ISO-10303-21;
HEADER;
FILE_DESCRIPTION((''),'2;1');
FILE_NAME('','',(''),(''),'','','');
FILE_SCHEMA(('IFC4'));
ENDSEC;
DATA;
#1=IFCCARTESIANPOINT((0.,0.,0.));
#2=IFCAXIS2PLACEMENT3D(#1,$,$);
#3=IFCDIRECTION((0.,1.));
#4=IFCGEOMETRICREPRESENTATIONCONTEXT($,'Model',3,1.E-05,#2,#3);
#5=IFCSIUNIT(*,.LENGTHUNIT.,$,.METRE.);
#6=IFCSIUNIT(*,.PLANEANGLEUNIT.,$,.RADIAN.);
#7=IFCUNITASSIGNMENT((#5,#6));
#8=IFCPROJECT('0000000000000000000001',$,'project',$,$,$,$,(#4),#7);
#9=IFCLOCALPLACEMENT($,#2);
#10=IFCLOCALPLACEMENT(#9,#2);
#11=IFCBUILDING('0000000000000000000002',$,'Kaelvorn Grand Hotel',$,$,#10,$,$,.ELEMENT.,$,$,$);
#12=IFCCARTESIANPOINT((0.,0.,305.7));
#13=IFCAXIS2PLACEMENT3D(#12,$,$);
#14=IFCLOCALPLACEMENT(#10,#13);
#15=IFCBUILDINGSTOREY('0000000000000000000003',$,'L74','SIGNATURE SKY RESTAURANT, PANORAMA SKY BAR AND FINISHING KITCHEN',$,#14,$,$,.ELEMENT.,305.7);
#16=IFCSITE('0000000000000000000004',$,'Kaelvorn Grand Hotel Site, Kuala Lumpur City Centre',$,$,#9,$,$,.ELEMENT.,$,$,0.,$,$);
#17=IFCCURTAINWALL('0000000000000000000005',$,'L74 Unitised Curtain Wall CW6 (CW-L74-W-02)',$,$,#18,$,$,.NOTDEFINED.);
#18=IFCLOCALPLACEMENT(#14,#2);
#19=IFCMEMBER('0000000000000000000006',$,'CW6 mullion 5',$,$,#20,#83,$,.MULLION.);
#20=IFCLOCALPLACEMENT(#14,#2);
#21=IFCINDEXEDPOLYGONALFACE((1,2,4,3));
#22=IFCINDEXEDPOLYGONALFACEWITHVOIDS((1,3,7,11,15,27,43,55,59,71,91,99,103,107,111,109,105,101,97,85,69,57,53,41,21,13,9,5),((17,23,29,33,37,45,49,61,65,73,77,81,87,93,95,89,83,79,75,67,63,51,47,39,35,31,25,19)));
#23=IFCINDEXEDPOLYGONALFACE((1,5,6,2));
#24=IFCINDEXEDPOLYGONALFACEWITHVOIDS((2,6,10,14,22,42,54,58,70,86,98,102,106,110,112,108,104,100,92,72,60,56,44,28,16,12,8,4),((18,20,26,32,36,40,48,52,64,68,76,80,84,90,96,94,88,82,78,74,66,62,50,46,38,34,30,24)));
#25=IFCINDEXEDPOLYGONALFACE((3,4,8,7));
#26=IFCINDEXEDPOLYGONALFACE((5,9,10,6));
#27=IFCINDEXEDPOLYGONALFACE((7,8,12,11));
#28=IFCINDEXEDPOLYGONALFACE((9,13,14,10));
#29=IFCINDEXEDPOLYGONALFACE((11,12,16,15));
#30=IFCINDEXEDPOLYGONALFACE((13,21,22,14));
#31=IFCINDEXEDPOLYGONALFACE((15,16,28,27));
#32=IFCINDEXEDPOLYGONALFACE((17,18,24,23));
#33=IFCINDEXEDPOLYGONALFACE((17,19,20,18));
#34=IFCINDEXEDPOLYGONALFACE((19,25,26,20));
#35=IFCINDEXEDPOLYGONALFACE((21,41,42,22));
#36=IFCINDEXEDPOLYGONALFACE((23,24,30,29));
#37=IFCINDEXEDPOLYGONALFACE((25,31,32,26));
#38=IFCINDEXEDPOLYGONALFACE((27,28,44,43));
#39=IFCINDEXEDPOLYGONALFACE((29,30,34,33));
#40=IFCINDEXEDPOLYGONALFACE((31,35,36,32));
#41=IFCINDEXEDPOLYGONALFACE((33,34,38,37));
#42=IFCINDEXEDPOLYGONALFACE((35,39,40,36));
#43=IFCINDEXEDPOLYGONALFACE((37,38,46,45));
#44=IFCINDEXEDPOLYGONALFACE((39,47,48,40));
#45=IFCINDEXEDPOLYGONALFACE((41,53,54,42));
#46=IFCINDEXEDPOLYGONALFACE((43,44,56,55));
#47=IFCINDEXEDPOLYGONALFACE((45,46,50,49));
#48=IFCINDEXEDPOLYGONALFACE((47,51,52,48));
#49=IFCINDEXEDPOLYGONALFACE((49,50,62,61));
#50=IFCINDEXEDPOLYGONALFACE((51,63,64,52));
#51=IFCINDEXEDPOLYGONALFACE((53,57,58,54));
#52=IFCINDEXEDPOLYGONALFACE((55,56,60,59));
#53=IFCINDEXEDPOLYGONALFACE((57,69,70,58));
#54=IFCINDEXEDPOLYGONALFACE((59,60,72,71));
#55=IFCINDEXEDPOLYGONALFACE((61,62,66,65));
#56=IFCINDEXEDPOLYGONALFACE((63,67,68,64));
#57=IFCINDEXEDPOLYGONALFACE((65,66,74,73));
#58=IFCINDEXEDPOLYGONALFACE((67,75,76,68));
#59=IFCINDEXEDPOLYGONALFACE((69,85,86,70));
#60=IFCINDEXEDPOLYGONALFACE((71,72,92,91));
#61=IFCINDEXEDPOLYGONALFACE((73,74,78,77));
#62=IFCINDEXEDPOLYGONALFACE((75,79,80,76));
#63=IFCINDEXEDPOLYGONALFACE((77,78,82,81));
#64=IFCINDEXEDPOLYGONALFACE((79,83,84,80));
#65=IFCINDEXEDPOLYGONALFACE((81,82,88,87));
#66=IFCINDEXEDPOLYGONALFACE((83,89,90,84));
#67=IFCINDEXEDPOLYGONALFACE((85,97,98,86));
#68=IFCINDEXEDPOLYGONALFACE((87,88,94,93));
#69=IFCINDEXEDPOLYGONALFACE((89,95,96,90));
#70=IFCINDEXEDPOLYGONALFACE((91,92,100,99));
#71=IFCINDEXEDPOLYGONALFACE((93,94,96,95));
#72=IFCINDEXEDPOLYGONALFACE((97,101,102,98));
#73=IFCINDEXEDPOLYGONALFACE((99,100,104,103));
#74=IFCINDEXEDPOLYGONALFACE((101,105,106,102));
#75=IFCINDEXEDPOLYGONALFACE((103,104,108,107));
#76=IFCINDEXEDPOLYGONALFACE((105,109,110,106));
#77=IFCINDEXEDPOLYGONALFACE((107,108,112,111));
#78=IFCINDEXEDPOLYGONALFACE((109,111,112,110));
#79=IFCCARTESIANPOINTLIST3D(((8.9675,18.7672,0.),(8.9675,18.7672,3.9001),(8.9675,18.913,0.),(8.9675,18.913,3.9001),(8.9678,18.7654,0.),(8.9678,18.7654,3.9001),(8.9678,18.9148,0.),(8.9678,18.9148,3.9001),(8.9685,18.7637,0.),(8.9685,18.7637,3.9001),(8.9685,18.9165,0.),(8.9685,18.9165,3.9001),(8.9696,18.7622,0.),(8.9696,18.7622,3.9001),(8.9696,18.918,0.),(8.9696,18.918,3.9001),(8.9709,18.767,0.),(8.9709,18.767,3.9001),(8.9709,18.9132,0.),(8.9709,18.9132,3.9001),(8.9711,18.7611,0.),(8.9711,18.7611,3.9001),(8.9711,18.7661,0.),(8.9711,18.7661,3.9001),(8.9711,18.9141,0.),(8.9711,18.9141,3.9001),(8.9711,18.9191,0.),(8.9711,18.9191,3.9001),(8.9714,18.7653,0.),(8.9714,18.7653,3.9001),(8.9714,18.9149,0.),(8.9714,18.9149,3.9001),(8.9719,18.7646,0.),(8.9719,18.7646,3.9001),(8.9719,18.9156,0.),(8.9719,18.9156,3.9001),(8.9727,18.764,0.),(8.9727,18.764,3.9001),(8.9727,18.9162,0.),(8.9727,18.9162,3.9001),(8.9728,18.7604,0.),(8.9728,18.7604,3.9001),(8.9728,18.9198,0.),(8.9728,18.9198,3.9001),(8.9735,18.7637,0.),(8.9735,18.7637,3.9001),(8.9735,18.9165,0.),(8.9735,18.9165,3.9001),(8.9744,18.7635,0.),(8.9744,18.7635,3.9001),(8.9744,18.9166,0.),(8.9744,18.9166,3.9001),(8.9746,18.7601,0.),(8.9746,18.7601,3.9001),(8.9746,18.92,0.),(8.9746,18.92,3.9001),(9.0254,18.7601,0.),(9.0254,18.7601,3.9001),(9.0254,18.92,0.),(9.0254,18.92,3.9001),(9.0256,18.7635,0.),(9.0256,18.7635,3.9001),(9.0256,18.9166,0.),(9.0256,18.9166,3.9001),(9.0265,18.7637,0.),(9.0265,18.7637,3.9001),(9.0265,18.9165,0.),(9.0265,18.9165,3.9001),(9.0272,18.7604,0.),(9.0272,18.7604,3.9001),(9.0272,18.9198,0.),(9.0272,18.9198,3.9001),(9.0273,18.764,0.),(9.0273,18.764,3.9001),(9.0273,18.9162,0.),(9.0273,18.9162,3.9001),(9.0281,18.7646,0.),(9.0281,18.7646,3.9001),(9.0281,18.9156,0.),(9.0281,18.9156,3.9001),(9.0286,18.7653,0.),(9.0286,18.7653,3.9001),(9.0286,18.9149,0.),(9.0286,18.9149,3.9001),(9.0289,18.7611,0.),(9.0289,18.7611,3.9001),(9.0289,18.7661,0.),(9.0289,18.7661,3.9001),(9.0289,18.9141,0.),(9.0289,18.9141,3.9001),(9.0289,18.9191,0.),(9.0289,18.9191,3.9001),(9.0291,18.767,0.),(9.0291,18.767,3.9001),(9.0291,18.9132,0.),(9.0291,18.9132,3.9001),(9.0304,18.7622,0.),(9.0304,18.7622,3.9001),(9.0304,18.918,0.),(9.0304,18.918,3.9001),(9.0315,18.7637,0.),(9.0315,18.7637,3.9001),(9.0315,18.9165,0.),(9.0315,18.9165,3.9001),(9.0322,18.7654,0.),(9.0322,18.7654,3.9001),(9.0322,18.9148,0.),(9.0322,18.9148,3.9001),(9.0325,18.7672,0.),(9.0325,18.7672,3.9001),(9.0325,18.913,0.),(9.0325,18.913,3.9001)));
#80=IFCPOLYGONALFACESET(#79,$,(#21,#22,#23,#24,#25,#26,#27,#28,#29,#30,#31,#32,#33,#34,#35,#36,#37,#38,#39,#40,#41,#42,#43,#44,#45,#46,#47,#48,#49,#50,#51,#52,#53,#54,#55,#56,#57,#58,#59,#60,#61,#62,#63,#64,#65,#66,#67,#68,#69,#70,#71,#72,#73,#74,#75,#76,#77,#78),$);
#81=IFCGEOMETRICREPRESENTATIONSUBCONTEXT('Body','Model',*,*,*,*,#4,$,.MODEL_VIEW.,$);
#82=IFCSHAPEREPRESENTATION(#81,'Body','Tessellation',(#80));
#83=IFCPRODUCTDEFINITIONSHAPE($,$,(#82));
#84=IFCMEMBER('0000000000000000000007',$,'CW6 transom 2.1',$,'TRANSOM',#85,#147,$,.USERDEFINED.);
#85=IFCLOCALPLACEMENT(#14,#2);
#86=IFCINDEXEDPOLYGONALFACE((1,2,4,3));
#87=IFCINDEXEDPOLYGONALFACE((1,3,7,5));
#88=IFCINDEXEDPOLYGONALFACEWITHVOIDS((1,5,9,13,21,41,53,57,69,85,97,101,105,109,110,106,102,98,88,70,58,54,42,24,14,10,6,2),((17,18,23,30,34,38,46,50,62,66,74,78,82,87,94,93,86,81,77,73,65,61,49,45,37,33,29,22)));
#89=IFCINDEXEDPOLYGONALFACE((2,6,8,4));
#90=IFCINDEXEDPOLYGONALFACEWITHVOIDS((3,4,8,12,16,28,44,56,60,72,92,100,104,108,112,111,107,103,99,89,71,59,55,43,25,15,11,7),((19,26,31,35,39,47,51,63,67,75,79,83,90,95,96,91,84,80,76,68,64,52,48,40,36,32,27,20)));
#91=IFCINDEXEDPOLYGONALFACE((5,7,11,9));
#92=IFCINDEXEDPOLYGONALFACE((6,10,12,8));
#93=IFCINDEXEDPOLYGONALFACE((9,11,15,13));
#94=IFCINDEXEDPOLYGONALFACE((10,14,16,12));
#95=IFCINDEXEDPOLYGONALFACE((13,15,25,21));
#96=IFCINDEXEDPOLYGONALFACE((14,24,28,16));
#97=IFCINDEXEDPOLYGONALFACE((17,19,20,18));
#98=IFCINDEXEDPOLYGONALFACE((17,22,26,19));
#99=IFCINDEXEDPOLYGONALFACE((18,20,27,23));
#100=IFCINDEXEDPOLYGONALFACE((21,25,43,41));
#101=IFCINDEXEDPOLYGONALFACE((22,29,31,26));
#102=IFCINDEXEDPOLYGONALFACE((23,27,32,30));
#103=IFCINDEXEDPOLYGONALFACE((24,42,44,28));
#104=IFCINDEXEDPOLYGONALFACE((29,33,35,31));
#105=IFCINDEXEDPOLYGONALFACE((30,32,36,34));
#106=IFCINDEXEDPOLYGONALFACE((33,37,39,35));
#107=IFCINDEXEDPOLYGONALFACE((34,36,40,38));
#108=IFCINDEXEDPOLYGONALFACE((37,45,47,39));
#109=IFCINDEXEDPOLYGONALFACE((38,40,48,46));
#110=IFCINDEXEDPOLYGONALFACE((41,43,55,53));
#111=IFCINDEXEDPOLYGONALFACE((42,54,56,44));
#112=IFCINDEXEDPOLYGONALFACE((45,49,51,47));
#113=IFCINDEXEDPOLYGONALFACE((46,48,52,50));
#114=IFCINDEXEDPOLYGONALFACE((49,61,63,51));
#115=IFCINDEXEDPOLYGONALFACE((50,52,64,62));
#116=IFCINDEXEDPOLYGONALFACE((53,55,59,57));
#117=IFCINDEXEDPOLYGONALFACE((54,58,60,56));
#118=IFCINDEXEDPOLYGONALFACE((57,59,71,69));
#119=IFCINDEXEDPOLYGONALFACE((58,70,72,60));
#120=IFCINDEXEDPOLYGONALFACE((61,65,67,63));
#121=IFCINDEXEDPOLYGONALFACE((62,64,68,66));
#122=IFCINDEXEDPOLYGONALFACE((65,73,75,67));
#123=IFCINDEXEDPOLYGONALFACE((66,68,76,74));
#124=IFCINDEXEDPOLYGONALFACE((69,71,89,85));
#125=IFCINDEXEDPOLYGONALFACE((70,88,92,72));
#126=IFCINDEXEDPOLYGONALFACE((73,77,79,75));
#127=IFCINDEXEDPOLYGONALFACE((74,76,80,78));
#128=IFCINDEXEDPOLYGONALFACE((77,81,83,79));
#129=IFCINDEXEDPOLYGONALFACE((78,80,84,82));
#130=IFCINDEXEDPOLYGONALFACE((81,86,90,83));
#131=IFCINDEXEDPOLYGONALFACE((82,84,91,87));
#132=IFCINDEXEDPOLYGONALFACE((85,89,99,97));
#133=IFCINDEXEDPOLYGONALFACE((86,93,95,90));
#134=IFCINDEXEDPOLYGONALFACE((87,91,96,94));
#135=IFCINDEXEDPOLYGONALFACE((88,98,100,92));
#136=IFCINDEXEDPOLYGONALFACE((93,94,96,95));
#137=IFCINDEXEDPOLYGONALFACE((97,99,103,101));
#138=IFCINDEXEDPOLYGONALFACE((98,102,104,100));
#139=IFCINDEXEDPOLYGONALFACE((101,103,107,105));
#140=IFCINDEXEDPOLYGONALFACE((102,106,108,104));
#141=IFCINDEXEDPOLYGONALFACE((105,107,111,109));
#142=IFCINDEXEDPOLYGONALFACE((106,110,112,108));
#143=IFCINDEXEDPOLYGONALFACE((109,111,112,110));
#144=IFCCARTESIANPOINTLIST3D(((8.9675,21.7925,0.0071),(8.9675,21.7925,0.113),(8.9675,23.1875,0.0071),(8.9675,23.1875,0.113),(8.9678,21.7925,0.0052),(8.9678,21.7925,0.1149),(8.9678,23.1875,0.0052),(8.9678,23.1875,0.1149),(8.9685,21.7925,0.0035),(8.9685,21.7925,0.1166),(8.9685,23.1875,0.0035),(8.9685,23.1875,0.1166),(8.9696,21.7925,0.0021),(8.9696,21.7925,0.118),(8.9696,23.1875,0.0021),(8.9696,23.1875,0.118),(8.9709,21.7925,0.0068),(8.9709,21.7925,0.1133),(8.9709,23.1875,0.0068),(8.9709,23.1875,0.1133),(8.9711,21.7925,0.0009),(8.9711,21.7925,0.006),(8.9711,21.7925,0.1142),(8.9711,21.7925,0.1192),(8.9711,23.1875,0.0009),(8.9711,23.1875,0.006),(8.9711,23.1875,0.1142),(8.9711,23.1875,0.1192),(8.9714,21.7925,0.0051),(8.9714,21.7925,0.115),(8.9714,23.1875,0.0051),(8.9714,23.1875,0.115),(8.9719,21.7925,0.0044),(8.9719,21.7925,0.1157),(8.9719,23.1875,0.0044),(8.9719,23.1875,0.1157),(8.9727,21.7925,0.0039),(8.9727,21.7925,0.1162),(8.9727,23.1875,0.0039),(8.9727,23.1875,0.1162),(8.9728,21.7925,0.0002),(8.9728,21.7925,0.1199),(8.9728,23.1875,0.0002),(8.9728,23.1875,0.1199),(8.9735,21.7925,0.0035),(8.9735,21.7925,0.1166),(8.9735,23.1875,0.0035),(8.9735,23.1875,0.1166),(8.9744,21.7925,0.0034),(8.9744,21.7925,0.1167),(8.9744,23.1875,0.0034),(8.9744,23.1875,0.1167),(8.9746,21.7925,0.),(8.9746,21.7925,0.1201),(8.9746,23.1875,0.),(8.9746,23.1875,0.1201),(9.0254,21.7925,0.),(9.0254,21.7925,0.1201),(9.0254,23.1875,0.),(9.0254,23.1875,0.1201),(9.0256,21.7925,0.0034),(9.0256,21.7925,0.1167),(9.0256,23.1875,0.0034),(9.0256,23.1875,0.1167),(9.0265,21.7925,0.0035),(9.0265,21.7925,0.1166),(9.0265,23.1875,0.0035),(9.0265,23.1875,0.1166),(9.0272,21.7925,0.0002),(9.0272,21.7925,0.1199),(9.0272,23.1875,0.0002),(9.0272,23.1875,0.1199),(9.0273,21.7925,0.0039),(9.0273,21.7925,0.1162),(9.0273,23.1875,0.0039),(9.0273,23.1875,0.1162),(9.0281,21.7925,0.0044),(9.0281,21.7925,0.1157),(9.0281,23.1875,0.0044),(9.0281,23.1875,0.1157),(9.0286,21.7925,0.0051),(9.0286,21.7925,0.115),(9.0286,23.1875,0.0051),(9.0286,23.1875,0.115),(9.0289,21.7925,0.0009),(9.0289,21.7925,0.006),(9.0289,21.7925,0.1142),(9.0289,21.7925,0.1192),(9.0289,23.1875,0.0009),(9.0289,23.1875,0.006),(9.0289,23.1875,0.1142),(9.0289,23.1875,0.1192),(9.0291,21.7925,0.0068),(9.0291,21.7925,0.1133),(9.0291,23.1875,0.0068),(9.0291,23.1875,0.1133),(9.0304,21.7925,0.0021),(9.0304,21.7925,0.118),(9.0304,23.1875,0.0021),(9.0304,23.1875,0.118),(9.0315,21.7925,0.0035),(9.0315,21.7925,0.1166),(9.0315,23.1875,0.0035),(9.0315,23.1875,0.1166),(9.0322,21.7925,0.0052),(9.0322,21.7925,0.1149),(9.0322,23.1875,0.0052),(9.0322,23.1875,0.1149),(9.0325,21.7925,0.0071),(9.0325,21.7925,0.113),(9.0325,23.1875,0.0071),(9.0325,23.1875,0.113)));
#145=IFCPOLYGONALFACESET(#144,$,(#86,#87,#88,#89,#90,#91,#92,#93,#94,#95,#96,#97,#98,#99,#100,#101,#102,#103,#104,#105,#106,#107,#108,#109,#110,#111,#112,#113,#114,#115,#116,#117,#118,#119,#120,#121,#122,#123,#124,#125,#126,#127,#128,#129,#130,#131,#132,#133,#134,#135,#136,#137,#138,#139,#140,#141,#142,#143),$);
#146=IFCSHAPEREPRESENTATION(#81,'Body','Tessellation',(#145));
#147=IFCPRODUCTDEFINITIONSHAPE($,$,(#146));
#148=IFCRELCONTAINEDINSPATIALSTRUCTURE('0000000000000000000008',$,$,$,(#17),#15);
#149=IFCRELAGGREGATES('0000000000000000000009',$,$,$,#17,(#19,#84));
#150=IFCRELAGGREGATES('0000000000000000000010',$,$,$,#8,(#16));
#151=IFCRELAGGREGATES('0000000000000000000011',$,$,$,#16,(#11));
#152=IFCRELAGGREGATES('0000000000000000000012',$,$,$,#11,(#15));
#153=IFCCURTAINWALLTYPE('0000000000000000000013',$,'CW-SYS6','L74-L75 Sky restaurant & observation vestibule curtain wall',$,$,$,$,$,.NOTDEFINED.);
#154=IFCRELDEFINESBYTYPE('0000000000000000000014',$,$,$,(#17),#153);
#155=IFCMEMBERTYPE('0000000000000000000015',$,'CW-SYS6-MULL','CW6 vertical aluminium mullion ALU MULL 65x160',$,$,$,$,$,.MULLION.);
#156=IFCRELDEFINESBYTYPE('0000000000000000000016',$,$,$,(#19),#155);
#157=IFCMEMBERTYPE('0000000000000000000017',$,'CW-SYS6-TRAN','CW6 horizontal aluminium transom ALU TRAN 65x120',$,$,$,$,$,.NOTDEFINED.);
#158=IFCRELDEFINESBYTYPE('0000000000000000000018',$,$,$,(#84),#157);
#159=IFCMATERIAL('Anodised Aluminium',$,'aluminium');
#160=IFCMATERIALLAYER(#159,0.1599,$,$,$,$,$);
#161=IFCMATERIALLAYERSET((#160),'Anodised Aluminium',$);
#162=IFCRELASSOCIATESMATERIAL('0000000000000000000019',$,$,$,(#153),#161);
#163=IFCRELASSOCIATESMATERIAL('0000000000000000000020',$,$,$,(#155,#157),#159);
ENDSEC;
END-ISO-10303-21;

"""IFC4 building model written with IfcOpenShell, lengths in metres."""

from ifc_helpers import new_model, si_unit, direction, frame, origin, origin_2d, place, context, subcontext, project, spatial, hollow_rectangle, extrude, material, layer, layer_set, material_profile, profile_set, type_object, element, aggregate, save


model = new_model("IFC4")

# Units and contexts
model_context = context("Model", 3, precision=1e-05, world=origin(), true_north=direction((0.0, 1.0)))
body_context = subcontext(model_context, "Body", "Model", "MODEL_VIEW")
ifc_project = project(units=[si_unit("LENGTHUNIT", "METRE"), si_unit("PLANEANGLEUNIT", "RADIAN")], contexts=[model_context])

# Site, building, storey
site_placement = place(None, origin())
site = spatial("IfcSite", under=ifc_project, at=site_placement, Name="Kaelvorn Grand Hotel Site, Kuala Lumpur City Centre", CompositionType="ELEMENT", RefElevation=0.0)
building_placement = place(site_placement, origin())
building = spatial("IfcBuilding", under=site, at=building_placement, Name="Kaelvorn Grand Hotel", CompositionType="ELEMENT")
storey_placement = place(building_placement, frame((0.0, 0.0, 305.7)))
storey = spatial("IfcBuildingStorey", under=building, at=storey_placement, Name="L74", Description="SIGNATURE SKY RESTAURANT, PANORAMA SKY BAR AND FINISHING KITCHEN", CompositionType="ELEMENT", Elevation=305.7)

# Curtain wall, members
ifc_material_1 = material(Name="Anodised Aluminium", Category="aluminium")
ifc_layer_1 = layer(ifc_material_1, 0.1599)
ifc_layer_set_1 = layer_set([ifc_layer_1], Name="Anodised Aluminium")
curtain_wall_type = type_object("IfcCurtainWallType", Name="CW-SYS6", Description="L74-L75 Sky restaurant & observation vestibule curtain wall", PredefinedType="NOTDEFINED", material=ifc_layer_set_1)
curtain_wall_placement = place(storey_placement, origin())
curtain_wall = element("IfcCurtainWall", 1, at=curtain_wall_placement, inside=storey, type_object=curtain_wall_type, Name="L74 Unitised Curtain Wall CW6 (CW-L74-W-02)", PredefinedType="NOTDEFINED")
ifc_material_profile_1 = material_profile(ifc_material_1, hollow_rectangle(XDim=0.0649, YDim=0.1599, WallThickness=0.0034, InnerFilletRadius=0.0034, OuterFilletRadius=0.0071, at=origin_2d()), Name="ALU MULL 65x160")
ifc_profile_set_1 = profile_set([ifc_material_profile_1], Name="Anodised Aluminium")
member_type_1 = type_object("IfcMemberType", Name="CW-SYS6-MULL", Description="CW6 vertical aluminium mullion ALU MULL 65x160", PredefinedType="MULLION", material=ifc_profile_set_1)
member_1_placement = place(storey_placement, frame((9.0, 18.8401, 0.0), z_axis=(0.0, 0.0, 1.0), x_axis=(1.0, 0.0, 0.0)))
member_1 = element("IfcMember", 2, at=member_1_placement, type_object=member_type_1, Name="CW6 mullion 5", PredefinedType="MULLION", context=body_context, shape_type="SweptSolid", body=[
    extrude(hollow_rectangle(XDim=0.0649, YDim=0.1599, WallThickness=0.0034, InnerFilletRadius=0.0034, OuterFilletRadius=0.0071, at=origin_2d()), origin(), (0.0, 0.0, 1.0), 3.9001),
])
ifc_material_profile_2 = material_profile(ifc_material_1, hollow_rectangle(XDim=0.0649, YDim=0.1201, WallThickness=0.0034, InnerFilletRadius=0.0034, OuterFilletRadius=0.0071, at=origin_2d()), Name="ALU TRAN 65x120")
ifc_profile_set_2 = profile_set([ifc_material_profile_2], Name="Anodised Aluminium")
member_type_2 = type_object("IfcMemberType", Name="CW-SYS6-TRAN", Description="CW6 horizontal aluminium transom ALU TRAN 65x120", PredefinedType="NOTDEFINED", material=ifc_profile_set_2)
member_2_placement = place(storey_placement, frame((9.0, 23.1875, 0.0601), z_axis=(0.0, -1.0, 0.0), x_axis=(1.0, 0.0, 0.0)))
member_2 = element("IfcMember", 3, at=member_2_placement, type_object=member_type_2, Name="CW6 transom 2.1", ObjectType="TRANSOM", PredefinedType="USERDEFINED", context=body_context, shape_type="SweptSolid", body=[
    extrude(hollow_rectangle(XDim=0.0649, YDim=0.1201, WallThickness=0.0034, InnerFilletRadius=0.0034, OuterFilletRadius=0.0071, at=origin_2d()), origin(), (0.0, 0.0, 1.0), 1.395),
])
aggregate(curtain_wall, [member_1, member_2])

save(model, "model.ifc")
